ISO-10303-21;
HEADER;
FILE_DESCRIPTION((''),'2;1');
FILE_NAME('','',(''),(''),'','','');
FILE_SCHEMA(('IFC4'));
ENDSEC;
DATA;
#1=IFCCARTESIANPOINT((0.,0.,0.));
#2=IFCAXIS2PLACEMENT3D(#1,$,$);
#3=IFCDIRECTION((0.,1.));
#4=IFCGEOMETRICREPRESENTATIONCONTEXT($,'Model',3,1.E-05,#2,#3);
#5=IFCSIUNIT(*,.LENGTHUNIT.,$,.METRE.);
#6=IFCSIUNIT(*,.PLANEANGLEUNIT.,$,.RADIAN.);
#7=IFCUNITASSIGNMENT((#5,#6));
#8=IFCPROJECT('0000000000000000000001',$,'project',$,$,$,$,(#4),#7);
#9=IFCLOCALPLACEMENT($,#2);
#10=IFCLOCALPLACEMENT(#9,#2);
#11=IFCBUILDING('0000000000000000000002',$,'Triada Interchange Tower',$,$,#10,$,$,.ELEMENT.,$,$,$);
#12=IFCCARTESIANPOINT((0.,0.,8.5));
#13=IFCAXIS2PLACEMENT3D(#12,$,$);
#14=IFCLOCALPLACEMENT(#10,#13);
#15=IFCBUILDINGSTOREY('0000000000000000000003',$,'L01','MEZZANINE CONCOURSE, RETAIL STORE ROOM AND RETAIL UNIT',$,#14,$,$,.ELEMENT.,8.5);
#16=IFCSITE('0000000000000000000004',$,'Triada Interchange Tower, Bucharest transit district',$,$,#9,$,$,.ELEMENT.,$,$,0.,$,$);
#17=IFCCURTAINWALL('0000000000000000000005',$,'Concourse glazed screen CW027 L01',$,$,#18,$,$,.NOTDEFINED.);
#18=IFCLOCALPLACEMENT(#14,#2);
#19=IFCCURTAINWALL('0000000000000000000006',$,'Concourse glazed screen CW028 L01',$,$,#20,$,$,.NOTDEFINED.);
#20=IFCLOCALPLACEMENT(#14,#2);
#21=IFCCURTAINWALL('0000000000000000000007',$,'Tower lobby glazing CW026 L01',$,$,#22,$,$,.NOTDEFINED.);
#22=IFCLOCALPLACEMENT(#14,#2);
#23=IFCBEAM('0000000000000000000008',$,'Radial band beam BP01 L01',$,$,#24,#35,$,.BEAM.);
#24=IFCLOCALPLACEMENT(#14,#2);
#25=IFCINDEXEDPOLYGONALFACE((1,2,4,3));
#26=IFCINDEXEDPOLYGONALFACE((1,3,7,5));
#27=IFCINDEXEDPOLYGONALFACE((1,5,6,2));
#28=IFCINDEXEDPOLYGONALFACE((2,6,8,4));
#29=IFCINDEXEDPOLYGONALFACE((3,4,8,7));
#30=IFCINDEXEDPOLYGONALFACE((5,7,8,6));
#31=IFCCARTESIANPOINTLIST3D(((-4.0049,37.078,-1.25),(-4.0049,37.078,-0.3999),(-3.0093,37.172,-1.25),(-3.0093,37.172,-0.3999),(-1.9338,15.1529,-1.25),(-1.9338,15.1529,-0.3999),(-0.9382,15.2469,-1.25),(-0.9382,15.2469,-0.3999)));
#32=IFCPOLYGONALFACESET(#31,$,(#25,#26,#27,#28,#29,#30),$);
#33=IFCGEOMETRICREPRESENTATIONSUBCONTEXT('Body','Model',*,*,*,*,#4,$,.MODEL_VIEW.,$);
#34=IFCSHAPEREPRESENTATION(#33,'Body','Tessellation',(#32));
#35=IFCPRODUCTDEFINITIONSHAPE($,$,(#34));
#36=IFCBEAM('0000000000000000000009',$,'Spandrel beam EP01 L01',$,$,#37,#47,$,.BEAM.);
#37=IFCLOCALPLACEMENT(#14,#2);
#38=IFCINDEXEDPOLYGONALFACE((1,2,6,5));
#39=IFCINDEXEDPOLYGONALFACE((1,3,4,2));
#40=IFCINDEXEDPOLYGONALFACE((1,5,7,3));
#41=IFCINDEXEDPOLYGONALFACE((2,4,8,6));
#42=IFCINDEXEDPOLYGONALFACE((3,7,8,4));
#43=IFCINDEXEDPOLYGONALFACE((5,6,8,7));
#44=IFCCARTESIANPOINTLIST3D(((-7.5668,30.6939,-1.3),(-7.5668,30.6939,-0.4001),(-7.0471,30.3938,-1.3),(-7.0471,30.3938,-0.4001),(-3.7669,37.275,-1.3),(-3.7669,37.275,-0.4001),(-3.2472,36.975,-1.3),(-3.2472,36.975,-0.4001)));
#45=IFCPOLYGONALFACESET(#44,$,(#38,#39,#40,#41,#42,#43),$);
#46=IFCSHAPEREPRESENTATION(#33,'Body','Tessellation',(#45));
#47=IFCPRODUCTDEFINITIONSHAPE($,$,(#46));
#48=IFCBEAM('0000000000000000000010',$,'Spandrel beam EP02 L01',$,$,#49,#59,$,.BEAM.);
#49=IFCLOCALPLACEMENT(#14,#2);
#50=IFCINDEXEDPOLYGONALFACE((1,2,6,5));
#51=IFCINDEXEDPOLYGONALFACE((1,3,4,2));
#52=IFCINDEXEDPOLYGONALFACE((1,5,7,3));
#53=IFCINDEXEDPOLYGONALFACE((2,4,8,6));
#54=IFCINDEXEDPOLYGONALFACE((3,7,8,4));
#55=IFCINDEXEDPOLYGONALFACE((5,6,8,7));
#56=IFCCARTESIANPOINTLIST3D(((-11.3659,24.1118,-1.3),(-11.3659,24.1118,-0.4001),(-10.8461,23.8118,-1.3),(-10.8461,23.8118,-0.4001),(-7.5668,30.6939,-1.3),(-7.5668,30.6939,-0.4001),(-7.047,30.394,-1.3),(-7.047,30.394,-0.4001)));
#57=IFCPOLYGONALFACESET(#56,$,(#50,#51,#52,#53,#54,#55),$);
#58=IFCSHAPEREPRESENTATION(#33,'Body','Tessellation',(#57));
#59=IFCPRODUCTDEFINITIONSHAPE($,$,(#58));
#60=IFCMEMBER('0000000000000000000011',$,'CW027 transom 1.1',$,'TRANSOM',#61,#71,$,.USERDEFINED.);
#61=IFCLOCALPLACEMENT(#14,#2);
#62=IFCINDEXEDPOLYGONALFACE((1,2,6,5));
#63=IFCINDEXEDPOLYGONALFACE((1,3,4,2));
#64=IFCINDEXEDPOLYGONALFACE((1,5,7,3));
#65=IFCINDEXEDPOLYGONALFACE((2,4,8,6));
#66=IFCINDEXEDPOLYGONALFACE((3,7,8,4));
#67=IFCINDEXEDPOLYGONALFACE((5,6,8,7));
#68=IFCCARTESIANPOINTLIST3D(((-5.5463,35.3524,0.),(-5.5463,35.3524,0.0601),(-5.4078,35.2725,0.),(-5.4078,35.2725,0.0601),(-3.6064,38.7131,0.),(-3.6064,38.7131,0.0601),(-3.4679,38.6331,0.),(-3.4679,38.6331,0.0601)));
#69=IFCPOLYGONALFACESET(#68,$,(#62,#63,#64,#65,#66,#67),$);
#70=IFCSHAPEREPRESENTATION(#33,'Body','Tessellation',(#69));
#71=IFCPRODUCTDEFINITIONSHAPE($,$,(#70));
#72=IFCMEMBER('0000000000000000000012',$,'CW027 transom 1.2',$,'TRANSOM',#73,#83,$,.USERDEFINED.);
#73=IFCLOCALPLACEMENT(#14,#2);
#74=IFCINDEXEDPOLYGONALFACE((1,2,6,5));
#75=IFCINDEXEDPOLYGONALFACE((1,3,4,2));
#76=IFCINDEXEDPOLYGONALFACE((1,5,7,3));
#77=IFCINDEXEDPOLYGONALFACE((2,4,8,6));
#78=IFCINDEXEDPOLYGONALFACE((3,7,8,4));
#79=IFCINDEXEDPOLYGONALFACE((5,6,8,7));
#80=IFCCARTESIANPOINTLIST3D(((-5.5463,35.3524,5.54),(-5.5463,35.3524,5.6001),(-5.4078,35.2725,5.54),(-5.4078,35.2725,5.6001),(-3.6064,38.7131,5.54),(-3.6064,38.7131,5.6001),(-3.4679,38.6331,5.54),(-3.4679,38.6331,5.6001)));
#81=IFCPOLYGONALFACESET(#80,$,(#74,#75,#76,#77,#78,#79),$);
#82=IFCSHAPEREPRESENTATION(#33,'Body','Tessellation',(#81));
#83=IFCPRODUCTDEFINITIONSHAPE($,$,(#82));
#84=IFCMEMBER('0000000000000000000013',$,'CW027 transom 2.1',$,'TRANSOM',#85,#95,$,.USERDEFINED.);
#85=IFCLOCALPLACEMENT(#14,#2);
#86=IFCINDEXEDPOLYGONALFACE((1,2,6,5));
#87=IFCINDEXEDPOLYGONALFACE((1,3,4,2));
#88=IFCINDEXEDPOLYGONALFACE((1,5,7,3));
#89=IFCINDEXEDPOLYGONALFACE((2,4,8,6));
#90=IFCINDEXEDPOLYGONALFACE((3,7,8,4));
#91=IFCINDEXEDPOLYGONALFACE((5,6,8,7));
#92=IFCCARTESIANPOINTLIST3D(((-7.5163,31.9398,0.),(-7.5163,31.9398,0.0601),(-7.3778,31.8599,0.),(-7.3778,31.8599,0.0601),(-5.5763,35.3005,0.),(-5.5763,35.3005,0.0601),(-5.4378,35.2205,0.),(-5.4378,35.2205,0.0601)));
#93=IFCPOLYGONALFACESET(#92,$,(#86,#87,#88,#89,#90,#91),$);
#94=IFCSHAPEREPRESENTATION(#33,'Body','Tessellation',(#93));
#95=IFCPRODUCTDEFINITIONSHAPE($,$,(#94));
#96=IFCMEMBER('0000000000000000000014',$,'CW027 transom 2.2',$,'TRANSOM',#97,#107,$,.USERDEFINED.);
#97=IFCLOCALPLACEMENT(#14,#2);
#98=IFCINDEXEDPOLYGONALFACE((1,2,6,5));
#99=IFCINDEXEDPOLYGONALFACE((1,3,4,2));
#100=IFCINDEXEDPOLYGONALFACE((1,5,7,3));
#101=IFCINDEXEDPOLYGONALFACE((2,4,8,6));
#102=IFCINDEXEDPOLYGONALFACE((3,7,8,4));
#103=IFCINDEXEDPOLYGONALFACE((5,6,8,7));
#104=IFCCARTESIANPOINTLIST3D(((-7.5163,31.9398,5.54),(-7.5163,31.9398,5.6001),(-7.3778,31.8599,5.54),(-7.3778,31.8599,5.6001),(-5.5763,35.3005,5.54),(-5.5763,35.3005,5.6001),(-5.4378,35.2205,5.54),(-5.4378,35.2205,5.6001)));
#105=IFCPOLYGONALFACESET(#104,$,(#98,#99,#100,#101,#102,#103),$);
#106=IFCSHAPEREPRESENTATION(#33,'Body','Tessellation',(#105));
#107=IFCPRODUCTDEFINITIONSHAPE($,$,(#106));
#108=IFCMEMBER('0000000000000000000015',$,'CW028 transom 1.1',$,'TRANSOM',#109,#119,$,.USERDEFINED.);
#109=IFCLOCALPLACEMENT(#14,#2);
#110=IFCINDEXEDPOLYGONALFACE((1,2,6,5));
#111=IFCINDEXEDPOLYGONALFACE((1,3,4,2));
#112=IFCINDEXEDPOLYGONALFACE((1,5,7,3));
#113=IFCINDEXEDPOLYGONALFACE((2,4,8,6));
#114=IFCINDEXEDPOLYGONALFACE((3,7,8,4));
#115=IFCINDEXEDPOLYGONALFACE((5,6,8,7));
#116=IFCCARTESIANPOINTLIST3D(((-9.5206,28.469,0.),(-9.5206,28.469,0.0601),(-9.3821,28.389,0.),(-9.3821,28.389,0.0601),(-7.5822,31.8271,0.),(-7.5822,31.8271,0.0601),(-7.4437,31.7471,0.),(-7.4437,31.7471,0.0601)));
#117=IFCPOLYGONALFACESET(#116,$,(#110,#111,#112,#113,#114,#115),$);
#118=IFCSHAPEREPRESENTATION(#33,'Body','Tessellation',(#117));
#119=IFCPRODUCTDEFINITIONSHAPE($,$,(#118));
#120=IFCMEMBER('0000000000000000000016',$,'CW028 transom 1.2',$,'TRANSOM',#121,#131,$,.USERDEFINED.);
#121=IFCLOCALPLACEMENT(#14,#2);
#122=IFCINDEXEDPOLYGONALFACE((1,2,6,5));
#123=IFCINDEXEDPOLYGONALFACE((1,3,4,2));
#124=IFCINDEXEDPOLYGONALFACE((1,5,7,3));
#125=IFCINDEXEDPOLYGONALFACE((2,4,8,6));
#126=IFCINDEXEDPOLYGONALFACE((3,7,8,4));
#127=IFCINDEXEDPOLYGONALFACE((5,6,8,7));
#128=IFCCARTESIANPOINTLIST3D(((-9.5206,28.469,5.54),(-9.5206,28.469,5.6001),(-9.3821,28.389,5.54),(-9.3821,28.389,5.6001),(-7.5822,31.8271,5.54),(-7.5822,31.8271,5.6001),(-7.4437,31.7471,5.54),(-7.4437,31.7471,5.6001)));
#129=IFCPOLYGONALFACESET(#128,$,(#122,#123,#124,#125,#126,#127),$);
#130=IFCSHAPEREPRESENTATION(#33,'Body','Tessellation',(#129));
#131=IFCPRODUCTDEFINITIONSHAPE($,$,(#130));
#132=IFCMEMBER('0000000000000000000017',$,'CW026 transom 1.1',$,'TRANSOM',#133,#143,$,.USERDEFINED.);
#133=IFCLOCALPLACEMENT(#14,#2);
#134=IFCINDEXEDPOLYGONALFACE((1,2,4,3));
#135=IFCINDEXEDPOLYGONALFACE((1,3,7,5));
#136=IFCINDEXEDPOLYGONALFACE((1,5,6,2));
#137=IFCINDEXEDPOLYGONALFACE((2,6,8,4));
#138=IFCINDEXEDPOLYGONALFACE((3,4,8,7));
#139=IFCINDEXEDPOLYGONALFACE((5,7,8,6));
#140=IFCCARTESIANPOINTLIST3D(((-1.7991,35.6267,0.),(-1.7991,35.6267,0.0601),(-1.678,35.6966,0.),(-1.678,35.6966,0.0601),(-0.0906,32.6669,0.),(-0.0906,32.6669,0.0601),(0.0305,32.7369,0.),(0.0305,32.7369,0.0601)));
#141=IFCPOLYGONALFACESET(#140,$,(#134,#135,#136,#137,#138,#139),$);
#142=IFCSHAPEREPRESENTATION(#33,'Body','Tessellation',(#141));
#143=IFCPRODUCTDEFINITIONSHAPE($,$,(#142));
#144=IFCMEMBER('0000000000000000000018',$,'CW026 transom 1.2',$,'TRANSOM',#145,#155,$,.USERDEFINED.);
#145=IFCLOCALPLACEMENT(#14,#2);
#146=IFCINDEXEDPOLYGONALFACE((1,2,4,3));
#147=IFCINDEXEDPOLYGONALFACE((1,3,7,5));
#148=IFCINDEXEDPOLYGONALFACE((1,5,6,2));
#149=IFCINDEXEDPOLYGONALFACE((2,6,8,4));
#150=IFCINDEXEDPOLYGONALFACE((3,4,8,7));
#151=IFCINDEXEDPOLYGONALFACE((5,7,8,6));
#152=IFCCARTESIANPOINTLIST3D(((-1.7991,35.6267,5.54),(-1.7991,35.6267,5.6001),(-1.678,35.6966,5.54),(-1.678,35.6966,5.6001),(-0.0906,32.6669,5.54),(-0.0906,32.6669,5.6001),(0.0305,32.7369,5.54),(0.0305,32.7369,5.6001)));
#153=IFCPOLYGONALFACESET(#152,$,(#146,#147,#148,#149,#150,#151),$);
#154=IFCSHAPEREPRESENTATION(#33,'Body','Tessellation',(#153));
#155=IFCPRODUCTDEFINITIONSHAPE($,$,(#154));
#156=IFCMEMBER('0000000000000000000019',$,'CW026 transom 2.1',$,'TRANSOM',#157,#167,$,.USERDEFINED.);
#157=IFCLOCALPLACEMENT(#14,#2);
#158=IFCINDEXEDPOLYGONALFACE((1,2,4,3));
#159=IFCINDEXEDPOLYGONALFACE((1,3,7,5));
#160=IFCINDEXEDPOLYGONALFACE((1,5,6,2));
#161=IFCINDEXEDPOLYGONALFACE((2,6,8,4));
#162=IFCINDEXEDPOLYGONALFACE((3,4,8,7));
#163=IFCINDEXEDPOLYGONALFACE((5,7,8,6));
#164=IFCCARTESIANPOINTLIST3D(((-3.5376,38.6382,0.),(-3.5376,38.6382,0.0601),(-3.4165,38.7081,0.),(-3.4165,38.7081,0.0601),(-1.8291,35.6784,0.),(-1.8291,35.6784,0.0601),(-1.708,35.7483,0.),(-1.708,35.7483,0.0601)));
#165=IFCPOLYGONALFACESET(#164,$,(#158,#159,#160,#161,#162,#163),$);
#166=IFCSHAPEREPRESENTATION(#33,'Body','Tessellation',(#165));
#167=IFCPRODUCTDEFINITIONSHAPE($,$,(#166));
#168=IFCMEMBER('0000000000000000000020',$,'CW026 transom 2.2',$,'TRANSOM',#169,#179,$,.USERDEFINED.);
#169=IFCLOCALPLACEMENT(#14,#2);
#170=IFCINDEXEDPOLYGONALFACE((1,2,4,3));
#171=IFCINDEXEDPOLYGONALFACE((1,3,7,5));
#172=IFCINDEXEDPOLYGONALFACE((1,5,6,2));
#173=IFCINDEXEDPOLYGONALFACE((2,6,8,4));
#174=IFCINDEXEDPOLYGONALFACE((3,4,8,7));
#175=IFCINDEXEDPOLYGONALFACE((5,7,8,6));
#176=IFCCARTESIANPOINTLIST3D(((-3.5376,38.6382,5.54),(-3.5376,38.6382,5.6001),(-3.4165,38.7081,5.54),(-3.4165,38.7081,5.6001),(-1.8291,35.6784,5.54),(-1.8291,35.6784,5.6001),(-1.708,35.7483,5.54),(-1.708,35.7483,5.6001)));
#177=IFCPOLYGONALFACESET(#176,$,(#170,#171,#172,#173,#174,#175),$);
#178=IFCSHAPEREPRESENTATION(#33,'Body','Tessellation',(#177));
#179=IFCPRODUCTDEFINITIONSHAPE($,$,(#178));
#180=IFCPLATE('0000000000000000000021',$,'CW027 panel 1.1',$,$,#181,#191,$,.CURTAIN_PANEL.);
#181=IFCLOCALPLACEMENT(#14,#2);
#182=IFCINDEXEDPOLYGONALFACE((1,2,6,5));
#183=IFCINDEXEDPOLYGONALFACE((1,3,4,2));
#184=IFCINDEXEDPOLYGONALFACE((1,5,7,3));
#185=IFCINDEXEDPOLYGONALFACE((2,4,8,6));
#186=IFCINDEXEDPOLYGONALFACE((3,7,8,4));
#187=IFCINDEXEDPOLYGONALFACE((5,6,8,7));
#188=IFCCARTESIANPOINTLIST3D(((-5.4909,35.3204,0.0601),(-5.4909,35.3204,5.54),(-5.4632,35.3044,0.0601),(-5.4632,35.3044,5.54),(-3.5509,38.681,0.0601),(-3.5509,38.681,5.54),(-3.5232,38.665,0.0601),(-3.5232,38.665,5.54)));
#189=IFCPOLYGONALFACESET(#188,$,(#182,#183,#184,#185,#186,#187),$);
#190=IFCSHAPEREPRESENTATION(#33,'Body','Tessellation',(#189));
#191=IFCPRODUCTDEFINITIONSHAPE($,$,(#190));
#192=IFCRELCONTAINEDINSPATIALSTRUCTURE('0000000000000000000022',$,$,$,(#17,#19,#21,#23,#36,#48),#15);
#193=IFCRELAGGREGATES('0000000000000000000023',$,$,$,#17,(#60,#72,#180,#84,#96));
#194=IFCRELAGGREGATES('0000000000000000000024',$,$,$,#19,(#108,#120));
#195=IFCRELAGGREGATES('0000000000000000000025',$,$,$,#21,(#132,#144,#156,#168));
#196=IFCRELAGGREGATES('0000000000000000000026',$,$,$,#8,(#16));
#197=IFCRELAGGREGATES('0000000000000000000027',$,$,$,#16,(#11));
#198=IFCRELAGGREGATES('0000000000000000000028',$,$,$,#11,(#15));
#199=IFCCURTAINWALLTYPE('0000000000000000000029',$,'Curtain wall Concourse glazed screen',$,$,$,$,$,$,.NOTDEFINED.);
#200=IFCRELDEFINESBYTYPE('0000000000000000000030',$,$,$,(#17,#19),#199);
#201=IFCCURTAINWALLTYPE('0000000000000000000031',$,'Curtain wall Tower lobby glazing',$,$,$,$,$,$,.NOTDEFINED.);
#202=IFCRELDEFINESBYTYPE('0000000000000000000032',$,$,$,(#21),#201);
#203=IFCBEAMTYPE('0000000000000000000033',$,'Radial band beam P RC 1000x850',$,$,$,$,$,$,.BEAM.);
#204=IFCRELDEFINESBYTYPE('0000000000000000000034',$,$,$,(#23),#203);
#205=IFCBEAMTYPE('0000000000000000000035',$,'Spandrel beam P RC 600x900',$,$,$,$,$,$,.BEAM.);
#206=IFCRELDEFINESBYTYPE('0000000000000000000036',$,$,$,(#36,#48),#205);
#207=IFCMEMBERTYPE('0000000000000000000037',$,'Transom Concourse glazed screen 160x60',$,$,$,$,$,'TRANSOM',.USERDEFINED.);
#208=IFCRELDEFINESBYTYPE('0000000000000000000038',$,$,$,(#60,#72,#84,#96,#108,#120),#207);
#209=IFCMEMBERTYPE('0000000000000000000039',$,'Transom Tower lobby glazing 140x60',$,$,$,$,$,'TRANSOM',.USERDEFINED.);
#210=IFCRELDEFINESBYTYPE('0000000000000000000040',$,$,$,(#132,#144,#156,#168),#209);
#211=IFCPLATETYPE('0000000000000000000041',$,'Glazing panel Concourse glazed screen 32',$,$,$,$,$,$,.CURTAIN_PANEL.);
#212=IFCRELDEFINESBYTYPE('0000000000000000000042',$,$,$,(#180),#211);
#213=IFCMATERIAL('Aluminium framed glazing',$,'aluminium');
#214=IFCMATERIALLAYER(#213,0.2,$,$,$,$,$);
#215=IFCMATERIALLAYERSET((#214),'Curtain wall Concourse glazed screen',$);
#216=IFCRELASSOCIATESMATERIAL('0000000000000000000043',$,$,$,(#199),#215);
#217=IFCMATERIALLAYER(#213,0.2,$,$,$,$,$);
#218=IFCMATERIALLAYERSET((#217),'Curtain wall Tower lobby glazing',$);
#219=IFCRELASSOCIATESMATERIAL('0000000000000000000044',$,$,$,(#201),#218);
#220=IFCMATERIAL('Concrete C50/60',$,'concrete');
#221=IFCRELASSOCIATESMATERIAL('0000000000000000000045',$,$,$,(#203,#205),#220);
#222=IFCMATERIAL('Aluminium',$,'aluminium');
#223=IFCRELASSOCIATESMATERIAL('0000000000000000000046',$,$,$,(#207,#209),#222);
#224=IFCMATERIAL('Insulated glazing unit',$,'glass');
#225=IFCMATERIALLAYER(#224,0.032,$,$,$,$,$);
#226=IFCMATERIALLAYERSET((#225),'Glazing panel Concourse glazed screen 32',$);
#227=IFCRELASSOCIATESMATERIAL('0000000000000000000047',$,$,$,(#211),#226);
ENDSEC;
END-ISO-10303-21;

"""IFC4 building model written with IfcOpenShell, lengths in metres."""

from ifc_helpers import new_model, si_unit, direction, frame, origin, origin_2d, place, context, subcontext, project, spatial, rectangle, extrude, material, layer, layer_set, material_profile, profile_set, type_object, element, aggregate, save


model = new_model("IFC4")

# Units and contexts
model_context = context("Model", 3, precision=1e-05, world=origin(), true_north=direction((0.0, 1.0)))
body_context = subcontext(model_context, "Body", "Model", "MODEL_VIEW")
ifc_project = project(units=[si_unit("LENGTHUNIT", "METRE"), si_unit("PLANEANGLEUNIT", "RADIAN")], contexts=[model_context])

# Site, building, storey
site_placement = place(None, origin())
site = spatial("IfcSite", under=ifc_project, at=site_placement, Name="Triada Interchange Tower, Bucharest transit district", CompositionType="ELEMENT", RefElevation=0.0)
building_placement = place(site_placement, origin())
building = spatial("IfcBuilding", under=site, at=building_placement, Name="Triada Interchange Tower", CompositionType="ELEMENT")
storey_placement = place(building_placement, frame((0.0, 0.0, 8.5)))
storey = spatial("IfcBuildingStorey", under=building, at=storey_placement, Name="L01", Description="MEZZANINE CONCOURSE, RETAIL STORE ROOM AND RETAIL UNIT", CompositionType="ELEMENT", Elevation=8.5)

# Curtain walls
ifc_material_1 = material(Name="Aluminium framed glazing", Category="aluminium")
ifc_layer_1 = layer(ifc_material_1, 0.2)
ifc_layer_set_1 = layer_set([ifc_layer_1], Name="Curtain wall Concourse glazed screen")
curtain_wall_type_1 = type_object("IfcCurtainWallType", Name="Curtain wall Concourse glazed screen", PredefinedType="NOTDEFINED", material=ifc_layer_set_1)
curtain_wall_1_placement = place(storey_placement, origin())
curtain_wall_1 = element("IfcCurtainWall", 1, at=curtain_wall_1_placement, inside=storey, type_object=curtain_wall_type_1, Name="Concourse glazed screen CW027 L01", PredefinedType="NOTDEFINED")
ifc_material_2 = material(Name="Aluminium", Category="aluminium")
curtain_wall_2_placement = place(storey_placement, origin())
curtain_wall_2 = element("IfcCurtainWall", 2, at=curtain_wall_2_placement, inside=storey, type_object=curtain_wall_type_1, Name="Concourse glazed screen CW028 L01", PredefinedType="NOTDEFINED")
ifc_layer_2 = layer(ifc_material_1, 0.2)
ifc_layer_set_2 = layer_set([ifc_layer_2], Name="Curtain wall Tower lobby glazing")
curtain_wall_type_2 = type_object("IfcCurtainWallType", Name="Curtain wall Tower lobby glazing", PredefinedType="NOTDEFINED", material=ifc_layer_set_2)
curtain_wall_3_placement = place(storey_placement, origin())
curtain_wall_3 = element("IfcCurtainWall", 3, at=curtain_wall_3_placement, inside=storey, type_object=curtain_wall_type_2, Name="Tower lobby glazing CW026 L01", PredefinedType="NOTDEFINED")

# Beams
ifc_material_3 = material(Name="Concrete C50/60", Category="concrete")
ifc_material_profile_1 = material_profile(ifc_material_3, rectangle(XDim=1.0, YDim=0.8501, at=origin_2d()), Name="RC 1000x850")
ifc_profile_set_1 = profile_set([ifc_material_profile_1], Name="Concrete C50/60")
beam_type_1 = type_object("IfcBeamType", Name="Radial band beam P RC 1000x850", PredefinedType="BEAM", material=ifc_profile_set_1)
beam_1_placement = place(storey_placement, frame((-3.5071, 37.125, -0.825), z_axis=(0.094042, -0.995568, 0.0), x_axis=(0.995568, 0.094042, 0.0)))
element("IfcBeam", 4, at=beam_1_placement, inside=storey, type_object=beam_type_1, Name="Radial band beam BP01 L01", PredefinedType="BEAM", context=body_context, shape_type="SweptSolid", body=[
    extrude(rectangle(XDim=1.0, YDim=0.8501, at=origin_2d()), origin(), (0.0, 0.0, 1.0), 22.0227),
])
ifc_material_profile_2 = material_profile(ifc_material_3, rectangle(XDim=0.6001, YDim=0.8999, at=origin_2d()), Name="RC 600x900")
ifc_profile_set_2 = profile_set([ifc_material_profile_2], Name="Concrete C50/60")
beam_type_2 = type_object("IfcBeamType", Name="Spandrel beam P RC 600x900", PredefinedType="BEAM", material=ifc_profile_set_2)
beam_2_placement = place(storey_placement, frame((-3.5071, 37.125, -0.8501), z_axis=(-0.500023, -0.866012, 0.0), x_axis=(0.866012, -0.500023, 0.0)))
element("IfcBeam", 5, at=beam_2_placement, inside=storey, type_object=beam_type_2, Name="Spandrel beam EP01 L01", PredefinedType="BEAM", context=body_context, shape_type="SweptSolid", body=[
    extrude(rectangle(XDim=0.6001, YDim=0.8999, at=origin_2d()), origin(), (0.0, 0.0, 1.0), 7.5994),
])
beam_3_placement = place(storey_placement, frame((-7.3069, 30.5439, -0.8501), z_axis=(-0.499895, -0.866086, 0.0), x_axis=(0.866086, -0.499895, 0.0)))
element("IfcBeam", 6, at=beam_3_placement, inside=storey, type_object=beam_type_2, Name="Spandrel beam EP02 L01", PredefinedType="BEAM", context=body_context, shape_type="SweptSolid", body=[
    extrude(rectangle(XDim=0.6001, YDim=0.8999, at=origin_2d()), origin(), (0.0, 0.0, 1.0), 7.5999),
])

# Members
ifc_material_profile_3 = material_profile(ifc_material_2, rectangle(XDim=0.1599, YDim=0.0601, at=origin_2d()), Name="Aluminium transom")
ifc_profile_set_3 = profile_set([ifc_material_profile_3], Name="Aluminium")
member_type_1 = type_object("IfcMemberType", Name="Transom Concourse glazed screen 160x60", ElementType="TRANSOM", PredefinedType="USERDEFINED", material=ifc_profile_set_3)
member_1_placement = place(storey_placement, frame((-3.5371, 38.6731, 0.03), z_axis=(-0.499942, -0.866059, 0.0), x_axis=(0.866059, -0.499942, 0.0)))
member_1 = element("IfcMember", 7, at=member_1_placement, type_object=member_type_1, Name="CW027 transom 1.1", ObjectType="TRANSOM", PredefinedType="USERDEFINED", context=body_context, shape_type="SweptSolid", body=[
    extrude(rectangle(XDim=0.1599, YDim=0.0601, at=origin_2d()), origin(), (0.0, 0.0, 1.0), 3.8804),
])
member_2_placement = place(storey_placement, frame((-3.5371, 38.6731, 5.5701), z_axis=(-0.499942, -0.866059, 0.0), x_axis=(0.866059, -0.499942, 0.0)))
member_2 = element("IfcMember", 8, at=member_2_placement, type_object=member_type_1, Name="CW027 transom 1.2", ObjectType="TRANSOM", PredefinedType="USERDEFINED", context=body_context, shape_type="SweptSolid", body=[
    extrude(rectangle(XDim=0.1599, YDim=0.0601, at=origin_2d()), origin(), (0.0, 0.0, 1.0), 3.8804),
])
member_3_placement = place(storey_placement, frame((-5.5071, 35.2605, 0.03), z_axis=(-0.499942, -0.866059, 0.0), x_axis=(0.866059, -0.499942, 0.0)))
member_3 = element("IfcMember", 9, at=member_3_placement, type_object=member_type_1, Name="CW027 transom 2.1", ObjectType="TRANSOM", PredefinedType="USERDEFINED", context=body_context, shape_type="SweptSolid", body=[
    extrude(rectangle(XDim=0.1599, YDim=0.0601, at=origin_2d()), origin(), (0.0, 0.0, 1.0), 3.8804),
])
member_4_placement = place(storey_placement, frame((-5.5071, 35.2605, 5.5701), z_axis=(-0.499942, -0.866059, 0.0), x_axis=(0.866059, -0.499942, 0.0)))
member_4 = element("IfcMember", 10, at=member_4_placement, type_object=member_type_1, Name="CW027 transom 2.2", ObjectType="TRANSOM", PredefinedType="USERDEFINED", context=body_context, shape_type="SweptSolid", body=[
    extrude(rectangle(XDim=0.1599, YDim=0.0601, at=origin_2d()), origin(), (0.0, 0.0, 1.0), 3.8804),
])
member_5_placement = place(storey_placement, frame((-7.5129, 31.7871, 0.03), z_axis=(-0.499931, -0.866065, 0.0), x_axis=(0.866065, -0.499931, 0.0)))
member_5 = element("IfcMember", 11, at=member_5_placement, type_object=member_type_1, Name="CW028 transom 1.1", ObjectType="TRANSOM", PredefinedType="USERDEFINED", context=body_context, shape_type="SweptSolid", body=[
    extrude(rectangle(XDim=0.1599, YDim=0.0601, at=origin_2d()), origin(), (0.0, 0.0, 1.0), 3.8774),
])
member_6_placement = place(storey_placement, frame((-7.5129, 31.7871, 5.5701), z_axis=(-0.499931, -0.866065, 0.0), x_axis=(0.866065, -0.499931, 0.0)))
member_6 = element("IfcMember", 12, at=member_6_placement, type_object=member_type_1, Name="CW028 transom 1.2", ObjectType="TRANSOM", PredefinedType="USERDEFINED", context=body_context, shape_type="SweptSolid", body=[
    extrude(rectangle(XDim=0.1599, YDim=0.0601, at=origin_2d()), origin(), (0.0, 0.0, 1.0), 3.8774),
])
ifc_material_profile_4 = material_profile(ifc_material_2, rectangle(XDim=0.1399, YDim=0.0601, at=origin_2d()), Name="Aluminium transom")
ifc_profile_set_4 = profile_set([ifc_material_profile_4], Name="Aluminium")
member_type_2 = type_object("IfcMemberType", Name="Transom Tower lobby glazing 140x60", ElementType="TRANSOM", PredefinedType="USERDEFINED", material=ifc_profile_set_4)
member_7_placement = place(storey_placement, frame((-0.03, 32.7019, 0.03), z_axis=(-0.499935, 0.866063, 0.0), x_axis=(-0.866063, -0.499935, 0.0)))
member_7 = element("IfcMember", 13, at=member_7_placement, type_object=member_type_2, Name="CW026 transom 1.1", ObjectType="TRANSOM", PredefinedType="USERDEFINED", context=body_context, shape_type="SweptSolid", body=[
    extrude(rectangle(XDim=0.1399, YDim=0.0601, at=origin_2d()), origin(), (0.0, 0.0, 1.0), 3.4175),
])
member_8_placement = place(storey_placement, frame((-0.03, 32.7019, 5.5701), z_axis=(-0.499935, 0.866063, 0.0), x_axis=(-0.866063, -0.499935, 0.0)))
member_8 = element("IfcMember", 14, at=member_8_placement, type_object=member_type_2, Name="CW026 transom 1.2", ObjectType="TRANSOM", PredefinedType="USERDEFINED", context=body_context, shape_type="SweptSolid", body=[
    extrude(rectangle(XDim=0.1399, YDim=0.0601, at=origin_2d()), origin(), (0.0, 0.0, 1.0), 3.4175),
])
member_9_placement = place(storey_placement, frame((-1.7686, 35.7134, 0.03), z_axis=(-0.499935, 0.866063, 0.0), x_axis=(-0.866063, -0.499935, 0.0)))
member_9 = element("IfcMember", 15, at=member_9_placement, type_object=member_type_2, Name="CW026 transom 2.1", ObjectType="TRANSOM", PredefinedType="USERDEFINED", context=body_context, shape_type="SweptSolid", body=[
    extrude(rectangle(XDim=0.1399, YDim=0.0601, at=origin_2d()), origin(), (0.0, 0.0, 1.0), 3.4175),
])
member_10_placement = place(storey_placement, frame((-1.7686, 35.7134, 5.5701), z_axis=(-0.499935, 0.866063, 0.0), x_axis=(-0.866063, -0.499935, 0.0)))
member_10 = element("IfcMember", 16, at=member_10_placement, type_object=member_type_2, Name="CW026 transom 2.2", ObjectType="TRANSOM", PredefinedType="USERDEFINED", context=body_context, shape_type="SweptSolid", body=[
    extrude(rectangle(XDim=0.1399, YDim=0.0601, at=origin_2d()), origin(), (0.0, 0.0, 1.0), 3.4175),
])

# Plate
ifc_material_4 = material(Name="Insulated glazing unit", Category="glass")
ifc_layer_3 = layer(ifc_material_4, 0.032)
ifc_layer_set_3 = layer_set([ifc_layer_3], Name="Glazing panel Concourse glazed screen 32")
plate_type_1 = type_object("IfcPlateType", Name="Glazing panel Concourse glazed screen 32", PredefinedType="CURTAIN_PANEL", material=ifc_layer_set_3)
plate_1_placement = place(storey_placement, frame((-4.5071, 36.9927, 0.0601), z_axis=(0.0, 0.0, 1.0), x_axis=(-0.499959, -0.866049, 0.0)))
plate_1 = element("IfcPlate", 17, at=plate_1_placement, type_object=plate_type_1, Name="CW027 panel 1.1", PredefinedType="CURTAIN_PANEL", context=body_context, shape_type="SweptSolid", body=[
    extrude(rectangle(XDim=3.8804, YDim=0.032, at=origin_2d()), origin(), (0.0, 0.0, 1.0), 5.48),
])
aggregate(curtain_wall_1, [member_1, member_2, plate_1, member_3, member_4])
aggregate(curtain_wall_2, [member_5, member_6])
aggregate(curtain_wall_3, [member_7, member_8, member_9, member_10])

save(model, "model.ifc")
